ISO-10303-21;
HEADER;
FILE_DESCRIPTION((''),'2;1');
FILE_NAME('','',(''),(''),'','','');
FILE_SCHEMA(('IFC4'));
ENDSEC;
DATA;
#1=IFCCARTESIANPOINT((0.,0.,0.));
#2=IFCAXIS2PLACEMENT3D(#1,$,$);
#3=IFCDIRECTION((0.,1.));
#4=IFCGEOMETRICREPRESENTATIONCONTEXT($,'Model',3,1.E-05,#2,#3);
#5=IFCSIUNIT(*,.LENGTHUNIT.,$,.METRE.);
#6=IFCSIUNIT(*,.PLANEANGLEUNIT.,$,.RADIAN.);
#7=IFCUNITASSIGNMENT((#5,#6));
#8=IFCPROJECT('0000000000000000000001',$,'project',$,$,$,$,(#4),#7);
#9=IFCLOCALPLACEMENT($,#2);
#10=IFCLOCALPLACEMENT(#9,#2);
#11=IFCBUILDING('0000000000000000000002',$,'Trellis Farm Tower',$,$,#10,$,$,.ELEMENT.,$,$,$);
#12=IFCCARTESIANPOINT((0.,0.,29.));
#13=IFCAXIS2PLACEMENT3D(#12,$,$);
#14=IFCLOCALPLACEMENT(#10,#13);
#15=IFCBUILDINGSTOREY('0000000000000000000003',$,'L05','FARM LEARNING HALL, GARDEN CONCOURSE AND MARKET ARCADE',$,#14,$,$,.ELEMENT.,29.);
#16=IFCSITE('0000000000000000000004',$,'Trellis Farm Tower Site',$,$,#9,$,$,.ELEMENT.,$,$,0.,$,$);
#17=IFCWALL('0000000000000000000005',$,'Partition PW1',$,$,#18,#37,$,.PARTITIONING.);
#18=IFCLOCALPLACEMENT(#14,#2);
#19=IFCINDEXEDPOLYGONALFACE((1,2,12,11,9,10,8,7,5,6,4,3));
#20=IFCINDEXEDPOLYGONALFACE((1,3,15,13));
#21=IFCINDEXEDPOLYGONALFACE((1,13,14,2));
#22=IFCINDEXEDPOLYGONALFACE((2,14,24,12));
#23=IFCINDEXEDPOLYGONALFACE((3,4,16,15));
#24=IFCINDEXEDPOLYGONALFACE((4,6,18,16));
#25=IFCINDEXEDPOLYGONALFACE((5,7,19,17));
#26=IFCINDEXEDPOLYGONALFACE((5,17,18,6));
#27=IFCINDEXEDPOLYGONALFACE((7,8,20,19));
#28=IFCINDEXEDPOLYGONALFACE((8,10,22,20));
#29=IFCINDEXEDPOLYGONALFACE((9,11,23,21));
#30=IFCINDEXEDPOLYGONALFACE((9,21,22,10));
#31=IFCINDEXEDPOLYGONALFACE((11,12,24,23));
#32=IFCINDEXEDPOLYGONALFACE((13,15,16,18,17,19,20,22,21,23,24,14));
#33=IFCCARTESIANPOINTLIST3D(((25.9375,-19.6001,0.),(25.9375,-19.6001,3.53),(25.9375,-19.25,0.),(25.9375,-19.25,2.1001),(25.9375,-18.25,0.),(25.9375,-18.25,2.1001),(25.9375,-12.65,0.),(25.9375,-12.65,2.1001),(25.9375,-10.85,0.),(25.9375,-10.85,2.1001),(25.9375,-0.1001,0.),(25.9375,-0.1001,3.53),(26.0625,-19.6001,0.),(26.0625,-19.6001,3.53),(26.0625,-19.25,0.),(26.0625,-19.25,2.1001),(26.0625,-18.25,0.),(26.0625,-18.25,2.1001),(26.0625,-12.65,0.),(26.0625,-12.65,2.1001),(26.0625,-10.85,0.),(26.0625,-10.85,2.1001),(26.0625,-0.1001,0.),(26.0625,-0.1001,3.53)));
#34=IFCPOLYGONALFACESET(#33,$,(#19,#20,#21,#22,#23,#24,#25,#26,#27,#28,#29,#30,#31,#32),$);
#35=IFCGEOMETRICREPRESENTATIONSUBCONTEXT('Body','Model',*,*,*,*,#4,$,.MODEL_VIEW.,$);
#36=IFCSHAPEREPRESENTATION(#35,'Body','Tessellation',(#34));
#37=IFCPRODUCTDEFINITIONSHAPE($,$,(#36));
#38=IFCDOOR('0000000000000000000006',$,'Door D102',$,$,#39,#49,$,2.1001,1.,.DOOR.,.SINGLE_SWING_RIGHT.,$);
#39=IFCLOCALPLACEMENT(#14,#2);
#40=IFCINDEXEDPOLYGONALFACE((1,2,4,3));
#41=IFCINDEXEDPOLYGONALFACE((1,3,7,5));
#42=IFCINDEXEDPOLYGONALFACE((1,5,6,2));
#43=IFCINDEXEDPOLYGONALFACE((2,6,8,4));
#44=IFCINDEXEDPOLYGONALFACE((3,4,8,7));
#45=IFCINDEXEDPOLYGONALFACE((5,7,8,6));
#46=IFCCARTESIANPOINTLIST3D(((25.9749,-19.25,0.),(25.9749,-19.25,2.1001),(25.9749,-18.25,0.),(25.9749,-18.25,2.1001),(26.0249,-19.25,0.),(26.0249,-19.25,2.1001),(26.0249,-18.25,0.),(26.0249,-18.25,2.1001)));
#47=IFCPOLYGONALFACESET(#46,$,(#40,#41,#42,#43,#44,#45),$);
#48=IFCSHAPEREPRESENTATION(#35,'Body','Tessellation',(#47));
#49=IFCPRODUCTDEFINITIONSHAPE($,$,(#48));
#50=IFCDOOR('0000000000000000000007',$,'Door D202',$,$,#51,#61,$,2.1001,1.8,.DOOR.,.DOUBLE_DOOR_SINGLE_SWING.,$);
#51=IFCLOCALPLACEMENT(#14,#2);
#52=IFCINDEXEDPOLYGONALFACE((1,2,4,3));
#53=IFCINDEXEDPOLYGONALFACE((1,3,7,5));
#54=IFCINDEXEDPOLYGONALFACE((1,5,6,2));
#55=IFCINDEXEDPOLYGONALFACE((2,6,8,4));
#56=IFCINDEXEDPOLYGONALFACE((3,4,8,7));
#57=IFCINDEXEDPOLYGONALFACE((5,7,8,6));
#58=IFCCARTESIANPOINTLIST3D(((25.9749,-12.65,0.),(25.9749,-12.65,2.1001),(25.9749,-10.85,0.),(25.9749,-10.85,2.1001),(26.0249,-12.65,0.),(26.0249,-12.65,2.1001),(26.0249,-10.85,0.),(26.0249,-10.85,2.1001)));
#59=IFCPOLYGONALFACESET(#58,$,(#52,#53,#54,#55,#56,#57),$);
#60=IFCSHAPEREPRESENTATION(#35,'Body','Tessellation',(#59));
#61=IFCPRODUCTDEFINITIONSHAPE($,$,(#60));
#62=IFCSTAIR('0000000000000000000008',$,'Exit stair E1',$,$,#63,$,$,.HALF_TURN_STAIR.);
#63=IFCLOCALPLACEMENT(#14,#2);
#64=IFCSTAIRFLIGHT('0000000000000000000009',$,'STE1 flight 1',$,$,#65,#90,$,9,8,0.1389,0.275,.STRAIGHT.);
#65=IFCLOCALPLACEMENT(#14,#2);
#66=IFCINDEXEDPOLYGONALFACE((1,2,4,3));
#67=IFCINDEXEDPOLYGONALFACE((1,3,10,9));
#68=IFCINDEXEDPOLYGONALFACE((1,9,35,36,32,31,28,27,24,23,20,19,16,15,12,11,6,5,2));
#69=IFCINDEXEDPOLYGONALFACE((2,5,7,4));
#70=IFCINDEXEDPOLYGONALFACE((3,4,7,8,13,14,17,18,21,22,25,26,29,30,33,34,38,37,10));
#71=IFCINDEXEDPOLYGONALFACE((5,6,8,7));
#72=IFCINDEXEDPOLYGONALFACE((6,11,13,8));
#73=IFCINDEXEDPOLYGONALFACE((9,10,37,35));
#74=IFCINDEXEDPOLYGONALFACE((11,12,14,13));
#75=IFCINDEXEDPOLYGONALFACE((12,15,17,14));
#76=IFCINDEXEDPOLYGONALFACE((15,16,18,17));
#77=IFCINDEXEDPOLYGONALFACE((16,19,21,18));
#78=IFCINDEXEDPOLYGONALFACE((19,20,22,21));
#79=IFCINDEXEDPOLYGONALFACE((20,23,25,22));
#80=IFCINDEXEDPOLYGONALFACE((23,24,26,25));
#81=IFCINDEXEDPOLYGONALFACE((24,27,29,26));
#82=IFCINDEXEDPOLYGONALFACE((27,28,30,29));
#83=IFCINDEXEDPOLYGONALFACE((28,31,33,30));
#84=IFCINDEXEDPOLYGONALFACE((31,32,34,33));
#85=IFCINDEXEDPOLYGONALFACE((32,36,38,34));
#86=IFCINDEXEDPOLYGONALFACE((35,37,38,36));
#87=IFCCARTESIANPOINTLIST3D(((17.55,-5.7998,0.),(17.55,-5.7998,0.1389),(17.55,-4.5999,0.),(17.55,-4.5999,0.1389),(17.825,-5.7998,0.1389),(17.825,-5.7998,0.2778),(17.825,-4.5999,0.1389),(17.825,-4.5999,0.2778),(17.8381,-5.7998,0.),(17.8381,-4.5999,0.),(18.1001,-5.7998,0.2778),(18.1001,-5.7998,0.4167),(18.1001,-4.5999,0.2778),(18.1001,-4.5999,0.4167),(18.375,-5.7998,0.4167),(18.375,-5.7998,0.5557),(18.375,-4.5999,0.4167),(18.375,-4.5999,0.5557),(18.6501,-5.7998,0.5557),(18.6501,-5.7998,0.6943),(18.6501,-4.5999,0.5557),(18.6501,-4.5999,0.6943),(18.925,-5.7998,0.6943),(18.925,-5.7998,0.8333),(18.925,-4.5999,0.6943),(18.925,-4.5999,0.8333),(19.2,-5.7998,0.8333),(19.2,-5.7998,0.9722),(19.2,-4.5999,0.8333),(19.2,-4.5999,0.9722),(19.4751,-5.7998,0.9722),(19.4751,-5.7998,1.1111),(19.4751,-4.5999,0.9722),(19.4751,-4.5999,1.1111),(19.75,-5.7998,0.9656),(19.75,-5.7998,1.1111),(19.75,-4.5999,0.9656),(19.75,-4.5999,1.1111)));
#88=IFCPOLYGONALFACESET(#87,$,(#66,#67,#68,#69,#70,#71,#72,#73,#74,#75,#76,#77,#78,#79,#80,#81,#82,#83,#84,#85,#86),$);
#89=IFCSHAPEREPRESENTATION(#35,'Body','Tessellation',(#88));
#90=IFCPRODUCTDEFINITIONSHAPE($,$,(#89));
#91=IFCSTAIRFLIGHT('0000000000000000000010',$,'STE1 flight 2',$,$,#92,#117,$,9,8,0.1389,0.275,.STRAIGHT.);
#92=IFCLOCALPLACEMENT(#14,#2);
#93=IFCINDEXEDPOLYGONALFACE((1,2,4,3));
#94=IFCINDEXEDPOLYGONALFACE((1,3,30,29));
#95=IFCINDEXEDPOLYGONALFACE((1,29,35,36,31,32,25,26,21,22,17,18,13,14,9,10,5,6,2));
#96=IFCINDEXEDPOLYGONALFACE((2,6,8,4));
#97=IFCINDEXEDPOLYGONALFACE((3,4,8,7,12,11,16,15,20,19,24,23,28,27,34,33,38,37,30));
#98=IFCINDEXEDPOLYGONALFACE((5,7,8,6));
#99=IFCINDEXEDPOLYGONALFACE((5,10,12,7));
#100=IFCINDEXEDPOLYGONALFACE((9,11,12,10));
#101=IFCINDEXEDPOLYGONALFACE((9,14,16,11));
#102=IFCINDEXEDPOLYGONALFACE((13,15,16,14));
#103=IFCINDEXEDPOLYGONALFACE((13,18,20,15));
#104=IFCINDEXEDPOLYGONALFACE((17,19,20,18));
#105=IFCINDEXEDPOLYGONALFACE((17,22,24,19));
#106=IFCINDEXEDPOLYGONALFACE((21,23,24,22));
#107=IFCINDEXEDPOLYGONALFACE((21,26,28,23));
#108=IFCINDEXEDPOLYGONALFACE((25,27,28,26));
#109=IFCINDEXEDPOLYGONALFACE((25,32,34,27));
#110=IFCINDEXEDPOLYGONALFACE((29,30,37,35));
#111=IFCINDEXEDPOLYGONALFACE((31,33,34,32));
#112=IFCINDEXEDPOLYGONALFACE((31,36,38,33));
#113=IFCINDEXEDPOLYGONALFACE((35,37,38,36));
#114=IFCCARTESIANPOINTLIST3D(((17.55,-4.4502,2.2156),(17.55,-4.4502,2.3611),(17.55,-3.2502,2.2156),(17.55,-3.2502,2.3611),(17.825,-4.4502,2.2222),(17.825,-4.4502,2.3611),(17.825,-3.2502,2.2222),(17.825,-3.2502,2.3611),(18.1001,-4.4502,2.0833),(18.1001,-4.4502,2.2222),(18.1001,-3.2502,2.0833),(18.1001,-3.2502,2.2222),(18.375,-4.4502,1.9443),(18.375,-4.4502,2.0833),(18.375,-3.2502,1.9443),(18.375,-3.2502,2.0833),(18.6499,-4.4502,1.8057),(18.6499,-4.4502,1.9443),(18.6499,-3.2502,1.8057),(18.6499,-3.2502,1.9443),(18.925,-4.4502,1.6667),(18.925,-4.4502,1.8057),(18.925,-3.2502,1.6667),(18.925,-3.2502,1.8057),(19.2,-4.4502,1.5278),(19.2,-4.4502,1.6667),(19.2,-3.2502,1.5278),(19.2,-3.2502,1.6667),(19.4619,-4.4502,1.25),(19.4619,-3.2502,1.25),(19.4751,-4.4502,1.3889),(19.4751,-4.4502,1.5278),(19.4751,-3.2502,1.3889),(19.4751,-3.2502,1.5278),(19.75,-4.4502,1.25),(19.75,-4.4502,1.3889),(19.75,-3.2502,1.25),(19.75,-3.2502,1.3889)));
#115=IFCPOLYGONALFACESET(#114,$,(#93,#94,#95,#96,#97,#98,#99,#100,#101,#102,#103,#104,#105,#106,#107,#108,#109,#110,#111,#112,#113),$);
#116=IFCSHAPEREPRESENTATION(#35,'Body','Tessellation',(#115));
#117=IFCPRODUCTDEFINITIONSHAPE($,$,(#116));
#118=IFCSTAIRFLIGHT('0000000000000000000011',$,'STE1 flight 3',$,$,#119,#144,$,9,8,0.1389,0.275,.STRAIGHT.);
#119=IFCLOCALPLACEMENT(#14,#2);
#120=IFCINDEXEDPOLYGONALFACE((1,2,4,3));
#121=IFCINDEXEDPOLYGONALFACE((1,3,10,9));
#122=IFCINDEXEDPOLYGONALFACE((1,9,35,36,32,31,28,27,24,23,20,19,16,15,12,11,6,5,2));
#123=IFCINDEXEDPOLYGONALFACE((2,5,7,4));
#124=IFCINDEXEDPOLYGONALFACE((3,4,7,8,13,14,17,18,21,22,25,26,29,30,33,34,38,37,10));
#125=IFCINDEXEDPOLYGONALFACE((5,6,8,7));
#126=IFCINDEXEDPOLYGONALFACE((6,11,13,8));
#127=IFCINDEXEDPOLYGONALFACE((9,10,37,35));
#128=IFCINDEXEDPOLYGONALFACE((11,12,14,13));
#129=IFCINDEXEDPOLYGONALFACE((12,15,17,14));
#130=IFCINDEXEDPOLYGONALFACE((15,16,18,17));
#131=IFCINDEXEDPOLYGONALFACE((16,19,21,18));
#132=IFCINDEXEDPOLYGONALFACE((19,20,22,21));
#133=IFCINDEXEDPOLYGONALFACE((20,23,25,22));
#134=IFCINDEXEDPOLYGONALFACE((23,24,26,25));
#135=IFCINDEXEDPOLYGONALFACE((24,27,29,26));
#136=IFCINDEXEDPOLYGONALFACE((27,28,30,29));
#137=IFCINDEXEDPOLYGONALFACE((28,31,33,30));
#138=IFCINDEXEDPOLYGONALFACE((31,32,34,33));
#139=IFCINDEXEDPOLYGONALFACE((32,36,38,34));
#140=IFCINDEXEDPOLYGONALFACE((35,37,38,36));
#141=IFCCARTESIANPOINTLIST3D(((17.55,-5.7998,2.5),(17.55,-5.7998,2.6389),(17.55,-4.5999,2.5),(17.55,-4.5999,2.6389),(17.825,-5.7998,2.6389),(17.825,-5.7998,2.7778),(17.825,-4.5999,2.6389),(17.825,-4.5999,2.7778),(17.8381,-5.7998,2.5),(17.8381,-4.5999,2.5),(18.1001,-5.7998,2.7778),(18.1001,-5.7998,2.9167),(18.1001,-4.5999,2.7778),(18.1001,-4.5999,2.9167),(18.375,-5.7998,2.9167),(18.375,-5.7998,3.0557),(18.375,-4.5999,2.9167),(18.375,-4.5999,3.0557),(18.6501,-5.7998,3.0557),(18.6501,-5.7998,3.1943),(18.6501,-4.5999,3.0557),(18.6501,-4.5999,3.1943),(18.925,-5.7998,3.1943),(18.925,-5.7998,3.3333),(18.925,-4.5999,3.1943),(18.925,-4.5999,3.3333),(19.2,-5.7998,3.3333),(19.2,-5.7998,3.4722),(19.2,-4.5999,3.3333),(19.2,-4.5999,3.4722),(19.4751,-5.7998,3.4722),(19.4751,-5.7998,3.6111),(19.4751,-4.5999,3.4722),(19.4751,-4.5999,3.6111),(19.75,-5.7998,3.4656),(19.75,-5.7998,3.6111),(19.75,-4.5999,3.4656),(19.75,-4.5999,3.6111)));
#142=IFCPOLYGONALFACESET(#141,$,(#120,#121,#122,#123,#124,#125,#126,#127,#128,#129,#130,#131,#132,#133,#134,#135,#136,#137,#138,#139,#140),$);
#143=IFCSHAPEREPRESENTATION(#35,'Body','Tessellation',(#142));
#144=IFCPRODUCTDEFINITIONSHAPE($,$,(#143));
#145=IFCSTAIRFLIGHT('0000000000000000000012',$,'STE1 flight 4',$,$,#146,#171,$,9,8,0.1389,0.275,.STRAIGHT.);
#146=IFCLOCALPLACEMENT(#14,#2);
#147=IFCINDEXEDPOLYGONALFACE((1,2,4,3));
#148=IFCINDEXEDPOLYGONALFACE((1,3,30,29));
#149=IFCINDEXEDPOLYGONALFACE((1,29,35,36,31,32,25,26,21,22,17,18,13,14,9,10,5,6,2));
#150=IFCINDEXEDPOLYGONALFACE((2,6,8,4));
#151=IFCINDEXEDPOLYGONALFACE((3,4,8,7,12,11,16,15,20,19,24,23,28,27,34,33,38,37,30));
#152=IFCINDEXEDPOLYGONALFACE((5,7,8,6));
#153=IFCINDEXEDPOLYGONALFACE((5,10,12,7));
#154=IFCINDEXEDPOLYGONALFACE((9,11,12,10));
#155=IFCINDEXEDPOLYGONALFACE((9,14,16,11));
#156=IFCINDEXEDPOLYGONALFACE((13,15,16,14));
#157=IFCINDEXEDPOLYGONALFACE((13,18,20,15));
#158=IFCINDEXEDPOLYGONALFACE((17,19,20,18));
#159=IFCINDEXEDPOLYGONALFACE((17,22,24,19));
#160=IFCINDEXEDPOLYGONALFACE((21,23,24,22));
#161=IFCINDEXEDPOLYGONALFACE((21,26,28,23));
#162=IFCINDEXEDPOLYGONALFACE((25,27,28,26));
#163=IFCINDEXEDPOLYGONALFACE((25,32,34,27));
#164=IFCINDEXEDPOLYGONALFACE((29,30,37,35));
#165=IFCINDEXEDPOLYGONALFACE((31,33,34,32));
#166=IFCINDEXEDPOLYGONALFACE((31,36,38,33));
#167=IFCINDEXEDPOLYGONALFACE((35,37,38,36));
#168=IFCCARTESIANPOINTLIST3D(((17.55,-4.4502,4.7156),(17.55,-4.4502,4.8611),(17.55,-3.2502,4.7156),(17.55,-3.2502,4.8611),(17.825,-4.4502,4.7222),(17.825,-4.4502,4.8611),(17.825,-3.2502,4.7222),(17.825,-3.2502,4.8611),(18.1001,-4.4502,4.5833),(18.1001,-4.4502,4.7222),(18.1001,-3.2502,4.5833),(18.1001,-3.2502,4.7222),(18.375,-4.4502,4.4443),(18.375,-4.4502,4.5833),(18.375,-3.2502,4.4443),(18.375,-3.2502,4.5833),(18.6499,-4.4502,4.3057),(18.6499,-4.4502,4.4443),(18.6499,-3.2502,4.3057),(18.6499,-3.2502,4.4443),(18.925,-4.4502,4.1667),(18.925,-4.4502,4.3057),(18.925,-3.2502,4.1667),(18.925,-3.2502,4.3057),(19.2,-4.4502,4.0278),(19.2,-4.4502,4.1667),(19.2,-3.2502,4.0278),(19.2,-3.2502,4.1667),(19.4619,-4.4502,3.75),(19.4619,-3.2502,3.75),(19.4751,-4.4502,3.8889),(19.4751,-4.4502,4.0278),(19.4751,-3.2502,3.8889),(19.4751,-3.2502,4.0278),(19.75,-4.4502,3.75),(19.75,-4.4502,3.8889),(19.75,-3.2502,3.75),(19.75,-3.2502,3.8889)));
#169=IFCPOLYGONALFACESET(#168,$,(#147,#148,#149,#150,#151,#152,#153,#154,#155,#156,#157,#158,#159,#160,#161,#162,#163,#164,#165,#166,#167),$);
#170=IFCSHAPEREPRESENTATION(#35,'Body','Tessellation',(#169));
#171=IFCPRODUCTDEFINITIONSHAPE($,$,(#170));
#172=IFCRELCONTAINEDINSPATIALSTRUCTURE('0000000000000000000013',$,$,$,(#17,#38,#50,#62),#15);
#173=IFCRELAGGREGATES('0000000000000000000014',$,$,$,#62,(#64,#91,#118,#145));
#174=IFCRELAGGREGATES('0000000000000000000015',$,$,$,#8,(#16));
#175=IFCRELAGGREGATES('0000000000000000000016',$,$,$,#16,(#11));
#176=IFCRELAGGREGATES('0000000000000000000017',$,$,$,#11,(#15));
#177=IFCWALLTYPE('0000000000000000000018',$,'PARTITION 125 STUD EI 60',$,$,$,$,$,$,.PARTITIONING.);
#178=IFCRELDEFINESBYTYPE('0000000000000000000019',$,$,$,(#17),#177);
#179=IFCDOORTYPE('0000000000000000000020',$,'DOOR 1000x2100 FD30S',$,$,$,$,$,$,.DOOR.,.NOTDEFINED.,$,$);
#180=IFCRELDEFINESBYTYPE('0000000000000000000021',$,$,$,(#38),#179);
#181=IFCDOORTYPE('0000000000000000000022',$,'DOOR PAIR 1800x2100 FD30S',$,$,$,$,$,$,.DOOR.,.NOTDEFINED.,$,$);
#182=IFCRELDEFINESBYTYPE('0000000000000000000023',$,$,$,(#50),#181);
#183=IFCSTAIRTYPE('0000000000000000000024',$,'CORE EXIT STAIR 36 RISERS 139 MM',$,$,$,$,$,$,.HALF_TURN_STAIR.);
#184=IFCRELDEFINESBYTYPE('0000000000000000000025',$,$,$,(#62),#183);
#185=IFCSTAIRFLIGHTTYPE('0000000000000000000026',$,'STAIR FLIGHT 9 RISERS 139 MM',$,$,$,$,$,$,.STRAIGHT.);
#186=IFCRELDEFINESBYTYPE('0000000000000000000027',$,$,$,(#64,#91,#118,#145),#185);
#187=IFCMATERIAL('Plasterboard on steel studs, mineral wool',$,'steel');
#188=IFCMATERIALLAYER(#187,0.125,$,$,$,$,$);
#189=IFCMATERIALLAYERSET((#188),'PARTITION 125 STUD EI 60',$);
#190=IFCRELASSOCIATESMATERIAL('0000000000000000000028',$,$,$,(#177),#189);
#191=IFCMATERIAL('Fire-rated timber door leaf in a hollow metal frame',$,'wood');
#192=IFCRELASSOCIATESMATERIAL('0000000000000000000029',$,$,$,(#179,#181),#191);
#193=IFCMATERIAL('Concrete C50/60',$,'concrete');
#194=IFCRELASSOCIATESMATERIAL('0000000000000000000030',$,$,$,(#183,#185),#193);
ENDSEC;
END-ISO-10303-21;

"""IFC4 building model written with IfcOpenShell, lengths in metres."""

from ifc_helpers import new_model, si_unit, direction, frame, frame_2d, origin, place, context, subcontext, project, spatial, polyline, rectangle, outline, extrude, source, transform, mapped, material, layer, layer_set, type_object, element, fill, aggregate, save


model = new_model("IFC4")

# Units and contexts
model_context = context("Model", 3, precision=1e-05, world=origin(), true_north=direction((0.0, 1.0)))
body_context = subcontext(model_context, "Body", "Model", "MODEL_VIEW")
ifc_project = project(units=[si_unit("LENGTHUNIT", "METRE"), si_unit("PLANEANGLEUNIT", "RADIAN")], contexts=[model_context])

# Site, building, storey
site_placement = place(None, origin())
site = spatial("IfcSite", under=ifc_project, at=site_placement, Name="Trellis Farm Tower Site", CompositionType="ELEMENT", RefElevation=0.0)
building_placement = place(site_placement, origin())
building = spatial("IfcBuilding", under=site, at=building_placement, Name="Trellis Farm Tower", CompositionType="ELEMENT")
storey_placement = place(building_placement, frame((0.0, 0.0, 29.0)))
storey = spatial("IfcBuildingStorey", under=building, at=storey_placement, Name="L05", Description="FARM LEARNING HALL, GARDEN CONCOURSE AND MARKET ARCADE", CompositionType="ELEMENT", Elevation=29.0)

# Wall, openings, doors
ifc_material_1 = material(Name="Plasterboard on steel studs, mineral wool", Category="steel")
ifc_layer_1 = layer(ifc_material_1, 0.125)
ifc_layer_set_1 = layer_set([ifc_layer_1], Name="PARTITION 125 STUD EI 60")
wall_type_1 = type_object("IfcWallType", Name="PARTITION 125 STUD EI 60", PredefinedType="PARTITIONING", material=ifc_layer_set_1)
shared_shape_1 = source(origin(), body_context, "Body", "SweptSolid", [
    extrude(rectangle(XDim=19.5, YDim=0.125, at=frame_2d((9.75, 0.0))), origin(), (0.0, 0.0, 1.0), 3.53),
])
wall_1_placement = place(storey_placement, frame((26.0, -0.1001, 0.0), z_axis=(0.0, 0.0, 1.0), x_axis=(0.0, -1.0, 0.0)))
wall_1 = element("IfcWall", 1, at=wall_1_placement, inside=storey, type_object=wall_type_1, Name="Partition PW1", PredefinedType="PARTITIONING", context=body_context, shape_type="MappedRepresentation", body=[
    mapped(shared_shape_1, transform((0.0, 0.0, 0.0))),
])
shared_shape_2 = source(origin(), body_context, "Body", "SweptSolid", [
    extrude(rectangle(XDim=1.0, YDim=2.1001, at=frame_2d((0.5, 1.05))), frame((0.0, 0.0725, 0.0), z_axis=(0.0, -1.0, 0.0), x_axis=(1.0, 0.0, 0.0)), (0.0, 0.0, 1.0), 0.145),
])
opening_1_placement = place(wall_1_placement, frame((18.1499, 0.0, 0.0)))
opening_1 = element("IfcOpeningElement", 2, at=opening_1_placement, cuts=wall_1, PredefinedType="OPENING", context=body_context, shape_type="MappedRepresentation", body=[
    mapped(shared_shape_2, transform((0.0, 0.0, 0.0))),
])
shared_shape_3 = source(origin(), body_context, "Body", "SweptSolid", [
    extrude(rectangle(XDim=1.8, YDim=2.1001, at=frame_2d((0.8999, 1.05))), frame((0.0, 0.0725, 0.0), z_axis=(0.0, -1.0, 0.0), x_axis=(1.0, 0.0, 0.0)), (0.0, 0.0, 1.0), 0.145),
])
opening_2_placement = place(wall_1_placement, frame((10.75, 0.0, 0.0)))
opening_2 = element("IfcOpeningElement", 3, at=opening_2_placement, cuts=wall_1, PredefinedType="OPENING", context=body_context, shape_type="MappedRepresentation", body=[
    mapped(shared_shape_3, transform((0.0, 0.0, 0.0))),
])
ifc_material_2 = material(Name="Fire-rated timber door leaf in a hollow metal frame", Category="wood")
door_type_1 = type_object("IfcDoorType", Name="DOOR 1000x2100 FD30S", OperationType="NOTDEFINED", PredefinedType="DOOR", material=ifc_material_2)
shared_shape_4 = source(origin(), body_context, "Body", "SweptSolid", [
    extrude(rectangle(XDim=1.0, YDim=2.1001, at=frame_2d((0.5, 1.05))), frame((0.0, 0.0249, 0.0), z_axis=(0.0, -1.0, 0.0), x_axis=(1.0, 0.0, 0.0)), (0.0, 0.0, 1.0), 0.05),
])
door_1_placement = place(opening_1_placement, origin())
door_1 = element("IfcDoor", 4, at=door_1_placement, inside=storey, type_object=door_type_1, Name="Door D102", OperationType="SINGLE_SWING_RIGHT", OverallHeight=2.1001, OverallWidth=1.0, PredefinedType="DOOR", context=body_context, shape_type="MappedRepresentation", body=[
    mapped(shared_shape_4, transform((0.0, 0.0, 0.0))),
])
fill(opening_1, door_1)
door_type_2 = type_object("IfcDoorType", Name="DOOR PAIR 1800x2100 FD30S", OperationType="NOTDEFINED", PredefinedType="DOOR", material=ifc_material_2)
shared_shape_5 = source(origin(), body_context, "Body", "SweptSolid", [
    extrude(rectangle(XDim=1.8, YDim=2.1001, at=frame_2d((0.8999, 1.05))), frame((0.0, 0.0249, 0.0), z_axis=(0.0, -1.0, 0.0), x_axis=(1.0, 0.0, 0.0)), (0.0, 0.0, 1.0), 0.05),
])
door_2_placement = place(opening_2_placement, origin())
door_2 = element("IfcDoor", 5, at=door_2_placement, inside=storey, type_object=door_type_2, Name="Door D202", OperationType="DOUBLE_DOOR_SINGLE_SWING", OverallHeight=2.1001, OverallWidth=1.8, PredefinedType="DOOR", context=body_context, shape_type="MappedRepresentation", body=[
    mapped(shared_shape_5, transform((0.0, 0.0, 0.0))),
])
fill(opening_2, door_2)

# Stair, stair flights
ifc_material_3 = material(Name="Concrete C50/60", Category="concrete")
stair_type = type_object("IfcStairType", Name="CORE EXIT STAIR 36 RISERS 139 MM", PredefinedType="HALF_TURN_STAIR", material=ifc_material_3)
placement = place(storey_placement, origin())
stair_1 = element("IfcStair", 6, at=placement, inside=storey, type_object=stair_type, Name="Exit stair E1", PredefinedType="HALF_TURN_STAIR")
stair_flight_type = type_object("IfcStairFlightType", Name="STAIR FLIGHT 9 RISERS 139 MM", PredefinedType="STRAIGHT", material=ifc_material_3)
shared_shape_6 = source(origin(), body_context, "Body", "SweptSolid", [
    extrude(outline(polyline([(0.0, 0.0), (0.0, 0.1389), (0.2749, 0.1389), (0.2749, 0.2778), (0.55, 0.2778), (0.55, 0.4167), (0.825, 0.4167), (0.825, 0.5557), (1.1001, 0.5557), (1.1001, 0.6943), (1.375, 0.6943), (1.375, 0.8333), (1.6499, 0.8333), (1.6499, 0.9722), (1.925, 0.9722), (1.925, 1.1111), (2.2, 1.1111), (2.2, 1.25), (2.2, 0.9656), (0.2881, 0.0), (0.0, 0.0)])), frame((0.0, 0.6001, 0.0), z_axis=(0.0, -1.0, 0.0), x_axis=(1.0, 0.0, 0.0)), (0.0, 0.0, 1.0), 1.2),
])
stair_flight_1_placement = place(storey_placement, frame((17.55, -5.2, 0.0), z_axis=(0.0, 0.0, 1.0), x_axis=(1.0, 0.0, 0.0)))
stair_flight_1 = element("IfcStairFlight", 7, at=stair_flight_1_placement, type_object=stair_flight_type, Name="STE1 flight 1", NumberOfRisers=9, NumberOfTreads=8, PredefinedType="STRAIGHT", RiserHeight=0.1389, TreadLength=0.275, context=body_context, shape_type="MappedRepresentation", body=[
    mapped(shared_shape_6, transform((0.0, 0.0, 0.0))),
])
stair_flight_2_placement = place(storey_placement, frame((19.75, -3.8501, 1.25), z_axis=(0.0, 0.0, 1.0), x_axis=(-1.0, 0.0, 0.0)))
stair_flight_2 = element("IfcStairFlight", 8, at=stair_flight_2_placement, type_object=stair_flight_type, Name="STE1 flight 2", NumberOfRisers=9, NumberOfTreads=8, PredefinedType="STRAIGHT", RiserHeight=0.1389, TreadLength=0.275, context=body_context, shape_type="MappedRepresentation", body=[
    mapped(shared_shape_6, transform((0.0, 0.0, 0.0))),
])
stair_flight_3_placement = place(storey_placement, frame((17.55, -5.2, 2.5), z_axis=(0.0, 0.0, 1.0), x_axis=(1.0, 0.0, 0.0)))
stair_flight_3 = element("IfcStairFlight", 9, at=stair_flight_3_placement, type_object=stair_flight_type, Name="STE1 flight 3", NumberOfRisers=9, NumberOfTreads=8, PredefinedType="STRAIGHT", RiserHeight=0.1389, TreadLength=0.275, context=body_context, shape_type="MappedRepresentation", body=[
    mapped(shared_shape_6, transform((0.0, 0.0, 0.0))),
])
stair_flight_4_placement = place(storey_placement, frame((19.75, -3.8501, 3.75), z_axis=(0.0, 0.0, 1.0), x_axis=(-1.0, 0.0, 0.0)))
stair_flight_4 = element("IfcStairFlight", 10, at=stair_flight_4_placement, type_object=stair_flight_type, Name="STE1 flight 4", NumberOfRisers=9, NumberOfTreads=8, PredefinedType="STRAIGHT", RiserHeight=0.1389, TreadLength=0.275, context=body_context, shape_type="MappedRepresentation", body=[
    mapped(shared_shape_6, transform((0.0, 0.0, 0.0))),
])
aggregate(stair_1, [stair_flight_1, stair_flight_2, stair_flight_3, stair_flight_4])

save(model, "model.ifc")
